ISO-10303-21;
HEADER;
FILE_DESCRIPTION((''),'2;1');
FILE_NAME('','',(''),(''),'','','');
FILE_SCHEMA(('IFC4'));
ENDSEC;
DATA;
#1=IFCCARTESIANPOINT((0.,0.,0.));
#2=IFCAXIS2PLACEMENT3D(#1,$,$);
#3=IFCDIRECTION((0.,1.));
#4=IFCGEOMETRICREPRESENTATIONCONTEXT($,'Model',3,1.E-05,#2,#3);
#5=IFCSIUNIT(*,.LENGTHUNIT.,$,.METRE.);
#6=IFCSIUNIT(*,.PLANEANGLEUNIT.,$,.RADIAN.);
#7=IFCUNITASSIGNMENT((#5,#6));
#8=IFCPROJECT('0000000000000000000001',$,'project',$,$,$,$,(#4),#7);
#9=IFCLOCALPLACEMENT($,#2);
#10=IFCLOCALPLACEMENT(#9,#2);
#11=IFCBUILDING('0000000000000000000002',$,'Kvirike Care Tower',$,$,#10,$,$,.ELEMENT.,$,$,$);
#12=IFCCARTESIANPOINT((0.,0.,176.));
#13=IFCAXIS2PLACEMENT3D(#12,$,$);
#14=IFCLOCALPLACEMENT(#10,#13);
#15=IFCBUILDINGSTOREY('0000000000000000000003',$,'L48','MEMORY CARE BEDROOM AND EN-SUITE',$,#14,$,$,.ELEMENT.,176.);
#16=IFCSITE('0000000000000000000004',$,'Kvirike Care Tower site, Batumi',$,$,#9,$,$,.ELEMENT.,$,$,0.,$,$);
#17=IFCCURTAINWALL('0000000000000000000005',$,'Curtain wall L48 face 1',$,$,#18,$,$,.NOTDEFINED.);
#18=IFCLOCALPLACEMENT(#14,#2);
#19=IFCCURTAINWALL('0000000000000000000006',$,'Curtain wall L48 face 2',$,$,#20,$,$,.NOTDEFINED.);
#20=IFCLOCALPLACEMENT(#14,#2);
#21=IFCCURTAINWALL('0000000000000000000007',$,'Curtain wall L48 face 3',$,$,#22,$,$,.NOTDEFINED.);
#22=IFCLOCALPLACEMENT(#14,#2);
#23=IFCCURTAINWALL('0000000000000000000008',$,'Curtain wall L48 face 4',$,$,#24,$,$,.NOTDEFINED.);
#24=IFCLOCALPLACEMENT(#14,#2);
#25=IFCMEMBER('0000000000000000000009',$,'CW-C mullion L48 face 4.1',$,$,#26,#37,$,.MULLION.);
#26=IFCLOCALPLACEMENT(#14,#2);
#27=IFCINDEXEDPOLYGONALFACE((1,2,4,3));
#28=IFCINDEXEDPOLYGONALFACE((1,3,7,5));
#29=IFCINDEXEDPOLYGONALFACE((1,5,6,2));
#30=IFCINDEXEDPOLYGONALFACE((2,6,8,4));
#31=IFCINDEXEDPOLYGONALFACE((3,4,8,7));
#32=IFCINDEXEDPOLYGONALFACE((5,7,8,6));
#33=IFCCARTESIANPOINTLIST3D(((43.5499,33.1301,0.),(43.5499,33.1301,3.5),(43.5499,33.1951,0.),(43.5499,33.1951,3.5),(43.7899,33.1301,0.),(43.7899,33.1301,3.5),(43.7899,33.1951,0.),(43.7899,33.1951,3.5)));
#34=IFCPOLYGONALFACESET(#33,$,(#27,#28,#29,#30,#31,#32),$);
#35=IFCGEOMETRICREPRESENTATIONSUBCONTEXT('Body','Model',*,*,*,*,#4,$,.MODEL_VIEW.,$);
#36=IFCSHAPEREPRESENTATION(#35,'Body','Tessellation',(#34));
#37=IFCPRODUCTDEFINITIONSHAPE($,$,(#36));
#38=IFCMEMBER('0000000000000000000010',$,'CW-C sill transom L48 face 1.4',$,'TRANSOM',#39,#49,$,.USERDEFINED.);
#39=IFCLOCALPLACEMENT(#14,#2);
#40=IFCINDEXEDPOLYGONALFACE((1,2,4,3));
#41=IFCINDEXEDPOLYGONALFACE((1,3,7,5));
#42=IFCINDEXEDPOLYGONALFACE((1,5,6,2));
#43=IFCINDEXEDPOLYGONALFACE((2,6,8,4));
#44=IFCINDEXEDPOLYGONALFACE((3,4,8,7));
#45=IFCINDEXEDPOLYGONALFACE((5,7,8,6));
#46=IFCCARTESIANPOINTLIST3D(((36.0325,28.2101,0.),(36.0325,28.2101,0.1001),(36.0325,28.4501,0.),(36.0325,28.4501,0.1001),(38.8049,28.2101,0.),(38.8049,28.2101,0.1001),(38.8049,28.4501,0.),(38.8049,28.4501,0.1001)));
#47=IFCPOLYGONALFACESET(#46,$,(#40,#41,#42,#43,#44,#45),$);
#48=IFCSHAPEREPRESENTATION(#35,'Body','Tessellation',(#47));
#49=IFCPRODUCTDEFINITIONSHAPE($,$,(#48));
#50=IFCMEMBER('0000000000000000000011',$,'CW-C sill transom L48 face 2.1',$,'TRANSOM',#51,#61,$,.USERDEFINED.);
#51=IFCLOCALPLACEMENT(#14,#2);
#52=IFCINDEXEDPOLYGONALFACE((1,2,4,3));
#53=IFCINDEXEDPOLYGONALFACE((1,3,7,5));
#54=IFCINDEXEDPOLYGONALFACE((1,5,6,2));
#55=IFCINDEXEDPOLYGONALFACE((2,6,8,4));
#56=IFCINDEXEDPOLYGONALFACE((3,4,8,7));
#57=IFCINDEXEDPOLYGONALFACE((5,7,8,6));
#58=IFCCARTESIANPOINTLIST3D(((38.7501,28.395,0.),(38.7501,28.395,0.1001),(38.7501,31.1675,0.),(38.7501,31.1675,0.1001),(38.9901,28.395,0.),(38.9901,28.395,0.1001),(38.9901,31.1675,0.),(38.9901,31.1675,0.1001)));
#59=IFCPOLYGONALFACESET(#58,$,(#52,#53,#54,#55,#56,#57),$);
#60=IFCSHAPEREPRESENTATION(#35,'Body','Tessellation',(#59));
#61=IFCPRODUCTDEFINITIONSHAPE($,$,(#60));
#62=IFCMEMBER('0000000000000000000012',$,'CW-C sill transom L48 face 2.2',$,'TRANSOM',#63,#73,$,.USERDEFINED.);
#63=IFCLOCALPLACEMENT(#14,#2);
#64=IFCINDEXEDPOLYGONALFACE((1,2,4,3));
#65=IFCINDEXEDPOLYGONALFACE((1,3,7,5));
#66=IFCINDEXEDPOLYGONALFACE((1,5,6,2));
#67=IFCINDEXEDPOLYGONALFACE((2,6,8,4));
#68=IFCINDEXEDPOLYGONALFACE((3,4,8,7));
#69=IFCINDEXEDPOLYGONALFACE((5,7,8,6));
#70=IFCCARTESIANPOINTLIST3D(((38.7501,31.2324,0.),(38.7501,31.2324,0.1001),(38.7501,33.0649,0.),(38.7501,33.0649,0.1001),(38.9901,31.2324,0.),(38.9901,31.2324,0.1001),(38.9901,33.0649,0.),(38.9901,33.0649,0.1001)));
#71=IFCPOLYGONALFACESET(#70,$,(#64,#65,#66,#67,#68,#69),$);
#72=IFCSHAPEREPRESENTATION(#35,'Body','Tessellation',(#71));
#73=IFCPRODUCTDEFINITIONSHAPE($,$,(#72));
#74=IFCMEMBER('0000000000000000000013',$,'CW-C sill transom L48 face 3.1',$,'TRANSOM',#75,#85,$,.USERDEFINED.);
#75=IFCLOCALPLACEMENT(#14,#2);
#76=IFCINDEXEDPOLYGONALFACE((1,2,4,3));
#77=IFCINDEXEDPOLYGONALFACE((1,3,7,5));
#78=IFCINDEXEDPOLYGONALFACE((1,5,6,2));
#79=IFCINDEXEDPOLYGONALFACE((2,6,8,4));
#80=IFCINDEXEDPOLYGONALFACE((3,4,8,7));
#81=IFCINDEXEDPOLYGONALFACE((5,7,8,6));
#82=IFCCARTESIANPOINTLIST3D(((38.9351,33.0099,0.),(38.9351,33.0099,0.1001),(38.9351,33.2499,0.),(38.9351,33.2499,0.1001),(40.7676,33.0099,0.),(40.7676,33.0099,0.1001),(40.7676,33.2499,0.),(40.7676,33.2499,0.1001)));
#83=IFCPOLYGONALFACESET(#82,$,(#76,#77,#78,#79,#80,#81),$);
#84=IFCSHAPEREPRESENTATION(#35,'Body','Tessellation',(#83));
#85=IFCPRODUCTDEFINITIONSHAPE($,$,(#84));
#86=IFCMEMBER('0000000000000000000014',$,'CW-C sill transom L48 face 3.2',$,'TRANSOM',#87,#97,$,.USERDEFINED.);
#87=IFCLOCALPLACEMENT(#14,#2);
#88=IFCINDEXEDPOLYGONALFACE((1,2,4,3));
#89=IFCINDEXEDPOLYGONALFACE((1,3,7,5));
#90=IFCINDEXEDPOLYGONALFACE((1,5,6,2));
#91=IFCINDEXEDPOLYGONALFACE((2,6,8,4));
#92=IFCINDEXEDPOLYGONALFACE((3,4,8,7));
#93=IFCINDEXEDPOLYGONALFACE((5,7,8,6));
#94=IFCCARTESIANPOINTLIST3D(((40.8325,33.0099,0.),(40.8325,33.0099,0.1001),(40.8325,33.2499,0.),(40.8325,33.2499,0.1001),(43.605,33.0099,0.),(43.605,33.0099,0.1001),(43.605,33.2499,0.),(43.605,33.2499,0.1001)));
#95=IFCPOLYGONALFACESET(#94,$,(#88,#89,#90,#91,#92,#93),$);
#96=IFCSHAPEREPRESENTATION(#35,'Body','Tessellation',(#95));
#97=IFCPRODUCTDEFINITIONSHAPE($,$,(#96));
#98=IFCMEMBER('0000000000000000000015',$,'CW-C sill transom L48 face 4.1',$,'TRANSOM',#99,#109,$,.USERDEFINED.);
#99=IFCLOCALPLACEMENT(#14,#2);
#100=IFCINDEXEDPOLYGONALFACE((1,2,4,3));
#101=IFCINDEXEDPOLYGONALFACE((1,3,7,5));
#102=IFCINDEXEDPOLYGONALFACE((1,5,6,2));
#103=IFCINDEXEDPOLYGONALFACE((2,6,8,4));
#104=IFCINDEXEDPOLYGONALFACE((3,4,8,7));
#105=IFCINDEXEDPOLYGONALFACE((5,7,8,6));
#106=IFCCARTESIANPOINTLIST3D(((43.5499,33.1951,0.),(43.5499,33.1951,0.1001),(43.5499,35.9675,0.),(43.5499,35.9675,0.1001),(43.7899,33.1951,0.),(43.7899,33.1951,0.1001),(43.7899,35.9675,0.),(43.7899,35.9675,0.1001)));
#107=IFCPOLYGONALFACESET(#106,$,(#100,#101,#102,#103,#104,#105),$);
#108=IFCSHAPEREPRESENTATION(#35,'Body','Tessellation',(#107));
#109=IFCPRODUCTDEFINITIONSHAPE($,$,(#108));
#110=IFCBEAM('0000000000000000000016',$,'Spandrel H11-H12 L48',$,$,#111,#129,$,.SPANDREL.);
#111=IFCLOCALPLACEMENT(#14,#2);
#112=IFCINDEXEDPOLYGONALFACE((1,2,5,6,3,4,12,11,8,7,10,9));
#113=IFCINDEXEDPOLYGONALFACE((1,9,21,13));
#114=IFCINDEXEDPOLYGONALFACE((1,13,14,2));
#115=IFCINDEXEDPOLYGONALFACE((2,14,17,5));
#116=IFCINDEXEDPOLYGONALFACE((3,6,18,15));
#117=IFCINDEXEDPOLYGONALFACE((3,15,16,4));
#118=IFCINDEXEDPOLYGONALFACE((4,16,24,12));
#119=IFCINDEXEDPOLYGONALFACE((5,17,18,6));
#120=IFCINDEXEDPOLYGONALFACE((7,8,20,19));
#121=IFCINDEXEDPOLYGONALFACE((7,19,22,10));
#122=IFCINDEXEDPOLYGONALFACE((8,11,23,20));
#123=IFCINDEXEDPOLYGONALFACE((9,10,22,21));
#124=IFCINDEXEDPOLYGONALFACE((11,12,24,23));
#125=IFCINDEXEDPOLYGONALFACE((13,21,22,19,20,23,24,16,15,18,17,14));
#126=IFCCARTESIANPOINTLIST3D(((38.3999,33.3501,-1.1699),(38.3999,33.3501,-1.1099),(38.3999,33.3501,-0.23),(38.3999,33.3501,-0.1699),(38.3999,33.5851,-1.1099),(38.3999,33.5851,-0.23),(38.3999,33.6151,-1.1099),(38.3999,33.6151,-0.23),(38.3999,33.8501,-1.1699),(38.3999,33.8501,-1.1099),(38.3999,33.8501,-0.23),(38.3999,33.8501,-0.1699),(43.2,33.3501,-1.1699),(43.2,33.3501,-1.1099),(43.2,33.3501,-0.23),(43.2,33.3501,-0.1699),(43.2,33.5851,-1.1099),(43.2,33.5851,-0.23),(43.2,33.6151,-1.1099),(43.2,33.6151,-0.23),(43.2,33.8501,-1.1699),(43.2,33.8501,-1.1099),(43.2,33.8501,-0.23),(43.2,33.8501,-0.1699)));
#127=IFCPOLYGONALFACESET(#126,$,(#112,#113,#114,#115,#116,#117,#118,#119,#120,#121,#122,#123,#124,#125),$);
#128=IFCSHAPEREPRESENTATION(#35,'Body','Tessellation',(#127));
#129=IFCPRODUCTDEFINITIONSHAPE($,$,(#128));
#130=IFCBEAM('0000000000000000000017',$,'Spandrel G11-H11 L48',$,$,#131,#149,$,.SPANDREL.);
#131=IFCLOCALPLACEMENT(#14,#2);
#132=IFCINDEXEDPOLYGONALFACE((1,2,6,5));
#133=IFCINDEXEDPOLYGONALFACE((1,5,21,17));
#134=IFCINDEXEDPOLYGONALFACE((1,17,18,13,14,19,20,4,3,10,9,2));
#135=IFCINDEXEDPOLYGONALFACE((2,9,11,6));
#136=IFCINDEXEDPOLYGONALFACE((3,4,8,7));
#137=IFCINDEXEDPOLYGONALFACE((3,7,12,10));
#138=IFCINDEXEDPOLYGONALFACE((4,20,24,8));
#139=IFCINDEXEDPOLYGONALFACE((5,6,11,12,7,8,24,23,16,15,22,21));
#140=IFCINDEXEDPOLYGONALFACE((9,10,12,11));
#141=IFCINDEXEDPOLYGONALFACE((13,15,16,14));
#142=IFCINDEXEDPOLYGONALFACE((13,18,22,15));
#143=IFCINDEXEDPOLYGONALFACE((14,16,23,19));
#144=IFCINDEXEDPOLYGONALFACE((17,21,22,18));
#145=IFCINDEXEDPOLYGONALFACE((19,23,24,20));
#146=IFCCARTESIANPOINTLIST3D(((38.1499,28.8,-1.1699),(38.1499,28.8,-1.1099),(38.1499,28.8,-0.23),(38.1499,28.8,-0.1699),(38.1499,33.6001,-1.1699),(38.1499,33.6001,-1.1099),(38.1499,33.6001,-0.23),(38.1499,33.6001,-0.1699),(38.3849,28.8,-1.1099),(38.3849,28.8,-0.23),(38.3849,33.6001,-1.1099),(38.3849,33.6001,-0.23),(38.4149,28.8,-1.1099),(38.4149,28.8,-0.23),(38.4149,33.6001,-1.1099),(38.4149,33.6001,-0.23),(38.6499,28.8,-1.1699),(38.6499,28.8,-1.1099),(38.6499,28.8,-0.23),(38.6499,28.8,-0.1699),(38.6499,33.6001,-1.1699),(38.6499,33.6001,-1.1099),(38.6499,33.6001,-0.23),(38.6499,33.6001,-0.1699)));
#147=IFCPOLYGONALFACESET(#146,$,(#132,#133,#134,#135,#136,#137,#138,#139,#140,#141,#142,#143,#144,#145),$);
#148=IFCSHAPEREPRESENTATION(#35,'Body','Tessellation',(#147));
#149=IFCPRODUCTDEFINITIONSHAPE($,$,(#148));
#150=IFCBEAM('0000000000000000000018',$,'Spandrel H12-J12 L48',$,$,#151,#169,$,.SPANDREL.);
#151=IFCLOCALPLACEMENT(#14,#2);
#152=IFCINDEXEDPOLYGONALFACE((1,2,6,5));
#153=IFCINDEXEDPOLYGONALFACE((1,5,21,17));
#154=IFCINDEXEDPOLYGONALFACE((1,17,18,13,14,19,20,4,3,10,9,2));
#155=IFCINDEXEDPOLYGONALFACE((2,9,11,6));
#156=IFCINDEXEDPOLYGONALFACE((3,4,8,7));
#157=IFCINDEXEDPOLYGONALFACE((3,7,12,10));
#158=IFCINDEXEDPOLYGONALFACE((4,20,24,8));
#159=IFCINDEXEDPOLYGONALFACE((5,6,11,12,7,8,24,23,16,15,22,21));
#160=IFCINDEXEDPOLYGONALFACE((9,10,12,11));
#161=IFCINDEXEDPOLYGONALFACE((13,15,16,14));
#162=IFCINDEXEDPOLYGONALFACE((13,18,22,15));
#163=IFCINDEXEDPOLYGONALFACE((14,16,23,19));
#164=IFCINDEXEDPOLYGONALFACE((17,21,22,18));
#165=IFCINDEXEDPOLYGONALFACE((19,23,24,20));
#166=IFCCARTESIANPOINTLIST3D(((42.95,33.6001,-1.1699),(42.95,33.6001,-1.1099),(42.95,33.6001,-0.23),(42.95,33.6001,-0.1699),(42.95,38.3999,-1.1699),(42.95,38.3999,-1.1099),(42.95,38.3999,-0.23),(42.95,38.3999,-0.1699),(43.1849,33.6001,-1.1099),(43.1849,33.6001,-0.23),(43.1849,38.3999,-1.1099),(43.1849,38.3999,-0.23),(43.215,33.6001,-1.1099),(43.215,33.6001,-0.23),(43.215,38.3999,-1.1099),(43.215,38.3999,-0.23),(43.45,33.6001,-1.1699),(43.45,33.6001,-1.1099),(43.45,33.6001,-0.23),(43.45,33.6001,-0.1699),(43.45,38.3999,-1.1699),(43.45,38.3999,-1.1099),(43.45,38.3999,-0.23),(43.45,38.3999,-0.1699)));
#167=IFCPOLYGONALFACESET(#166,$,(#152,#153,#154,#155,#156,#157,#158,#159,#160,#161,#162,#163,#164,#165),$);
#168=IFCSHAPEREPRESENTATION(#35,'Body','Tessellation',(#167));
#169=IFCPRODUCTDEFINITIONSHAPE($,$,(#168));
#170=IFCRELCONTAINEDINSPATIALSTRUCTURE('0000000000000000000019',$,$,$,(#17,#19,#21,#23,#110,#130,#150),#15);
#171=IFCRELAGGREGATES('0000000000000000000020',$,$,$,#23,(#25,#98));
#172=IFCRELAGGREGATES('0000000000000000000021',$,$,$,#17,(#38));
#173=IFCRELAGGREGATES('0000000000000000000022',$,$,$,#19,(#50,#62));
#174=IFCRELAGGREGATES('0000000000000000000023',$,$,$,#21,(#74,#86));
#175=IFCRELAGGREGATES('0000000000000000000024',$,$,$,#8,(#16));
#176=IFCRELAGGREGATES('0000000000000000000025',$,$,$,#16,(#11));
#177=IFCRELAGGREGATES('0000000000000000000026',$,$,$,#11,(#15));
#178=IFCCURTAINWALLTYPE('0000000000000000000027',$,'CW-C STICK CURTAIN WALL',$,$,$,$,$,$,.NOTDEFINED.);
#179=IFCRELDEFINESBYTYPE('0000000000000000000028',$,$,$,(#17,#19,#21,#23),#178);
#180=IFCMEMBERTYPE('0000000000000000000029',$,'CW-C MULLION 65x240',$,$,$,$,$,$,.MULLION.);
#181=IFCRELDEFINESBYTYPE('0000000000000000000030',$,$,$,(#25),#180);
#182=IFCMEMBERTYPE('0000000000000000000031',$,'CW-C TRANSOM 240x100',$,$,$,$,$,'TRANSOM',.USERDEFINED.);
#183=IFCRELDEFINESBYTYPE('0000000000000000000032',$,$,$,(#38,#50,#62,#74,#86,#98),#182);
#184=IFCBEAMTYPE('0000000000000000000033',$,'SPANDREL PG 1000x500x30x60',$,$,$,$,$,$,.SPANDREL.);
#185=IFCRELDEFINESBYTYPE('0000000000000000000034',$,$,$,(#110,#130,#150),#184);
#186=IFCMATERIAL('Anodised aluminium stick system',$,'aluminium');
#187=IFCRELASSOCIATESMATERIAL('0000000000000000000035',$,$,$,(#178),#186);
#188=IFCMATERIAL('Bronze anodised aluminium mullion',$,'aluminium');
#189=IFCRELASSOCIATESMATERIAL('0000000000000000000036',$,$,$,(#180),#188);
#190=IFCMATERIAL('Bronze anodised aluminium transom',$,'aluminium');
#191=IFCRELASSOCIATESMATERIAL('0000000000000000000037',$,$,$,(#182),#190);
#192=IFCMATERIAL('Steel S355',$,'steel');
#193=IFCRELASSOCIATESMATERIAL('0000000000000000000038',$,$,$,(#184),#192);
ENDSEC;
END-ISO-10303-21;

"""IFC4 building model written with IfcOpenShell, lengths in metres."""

from ifc_helpers import new_model, si_unit, direction, frame, origin, origin_2d, place, context, subcontext, project, spatial, rectangle, i_section, extrude, material, material_profile, profile_set, type_object, element, aggregate, save


model = new_model("IFC4")

# Units and contexts
model_context = context("Model", 3, precision=1e-05, world=origin(), true_north=direction((0.0, 1.0)))
body_context = subcontext(model_context, "Body", "Model", "MODEL_VIEW")
ifc_project = project(units=[si_unit("LENGTHUNIT", "METRE"), si_unit("PLANEANGLEUNIT", "RADIAN")], contexts=[model_context])

# Site, building, storey
site_placement = place(None, origin())
site = spatial("IfcSite", under=ifc_project, at=site_placement, Name="Kvirike Care Tower site, Batumi", CompositionType="ELEMENT", RefElevation=0.0)
building_placement = place(site_placement, origin())
building = spatial("IfcBuilding", under=site, at=building_placement, Name="Kvirike Care Tower", CompositionType="ELEMENT")
storey_placement = place(building_placement, frame((0.0, 0.0, 176.0)))
storey = spatial("IfcBuildingStorey", under=building, at=storey_placement, Name="L48", Description="MEMORY CARE BEDROOM AND EN-SUITE", CompositionType="ELEMENT", Elevation=176.0)

# Curtain walls
ifc_material_1 = material(Name="Anodised aluminium stick system", Category="aluminium")
curtain_wall_type = type_object("IfcCurtainWallType", Name="CW-C STICK CURTAIN WALL", PredefinedType="NOTDEFINED", material=ifc_material_1)
curtain_wall_1_placement = place(storey_placement, origin())
curtain_wall_1 = element("IfcCurtainWall", 1, at=curtain_wall_1_placement, inside=storey, type_object=curtain_wall_type, Name="Curtain wall L48 face 1", PredefinedType="NOTDEFINED")
ifc_material_2 = material(Name="Bronze anodised aluminium mullion", Category="aluminium")
ifc_material_profile_1 = material_profile(ifc_material_2, rectangle(XDim=0.0649, YDim=0.24, at=origin_2d()), Name="CW-C MULLION 65x240")
ifc_profile_set_1 = profile_set([ifc_material_profile_1], Name="Bronze anodised aluminium mullion")
member_type_1 = type_object("IfcMemberType", Name="CW-C MULLION 65x240", PredefinedType="MULLION", material=ifc_profile_set_1)
curtain_wall_2_placement = place(storey_placement, origin())
curtain_wall_2 = element("IfcCurtainWall", 2, at=curtain_wall_2_placement, inside=storey, type_object=curtain_wall_type, Name="Curtain wall L48 face 2", PredefinedType="NOTDEFINED")
curtain_wall_3_placement = place(storey_placement, origin())
curtain_wall_3 = element("IfcCurtainWall", 3, at=curtain_wall_3_placement, inside=storey, type_object=curtain_wall_type, Name="Curtain wall L48 face 3", PredefinedType="NOTDEFINED")

# Curtain wall, member
curtain_wall_4_placement = place(storey_placement, origin())
curtain_wall_4 = element("IfcCurtainWall", 4, at=curtain_wall_4_placement, inside=storey, type_object=curtain_wall_type, Name="Curtain wall L48 face 4", PredefinedType="NOTDEFINED")
member_1_placement = place(storey_placement, frame((43.6699, 33.1626, 0.0), z_axis=(0.0, 0.0, 1.0), x_axis=(0.0, 1.0, 0.0)))
member_1 = element("IfcMember", 5, at=member_1_placement, type_object=member_type_1, Name="CW-C mullion L48 face 4.1", PredefinedType="MULLION", context=body_context, shape_type="SweptSolid", body=[
    extrude(rectangle(XDim=0.0649, YDim=0.24, at=origin_2d()), origin(), (0.0, 0.0, 1.0), 3.5),
])

# Members
ifc_material_3 = material(Name="Bronze anodised aluminium transom", Category="aluminium")
ifc_material_profile_2 = material_profile(ifc_material_3, rectangle(XDim=0.24, YDim=0.1001, at=origin_2d()), Name="CW-C TRANSOM 240x100")
ifc_profile_set_2 = profile_set([ifc_material_profile_2], Name="Bronze anodised aluminium transom")
member_type_2 = type_object("IfcMemberType", Name="CW-C TRANSOM 240x100", ElementType="TRANSOM", PredefinedType="USERDEFINED", material=ifc_profile_set_2)
member_2_placement = place(storey_placement, frame((36.0325, 28.3301, 0.05), z_axis=(1.0, 0.0, 0.0), x_axis=(0.0, 1.0, 0.0)))
member_2 = element("IfcMember", 6, at=member_2_placement, type_object=member_type_2, Name="CW-C sill transom L48 face 1.4", ObjectType="TRANSOM", PredefinedType="USERDEFINED", context=body_context, shape_type="SweptSolid", body=[
    extrude(rectangle(XDim=0.24, YDim=0.1001, at=origin_2d()), origin(), (0.0, 0.0, 1.0), 2.7725),
])
member_3_placement = place(storey_placement, frame((38.8701, 28.395, 0.05), z_axis=(0.0, 1.0, 0.0), x_axis=(-1.0, 0.0, 0.0)))
member_3 = element("IfcMember", 7, at=member_3_placement, type_object=member_type_2, Name="CW-C sill transom L48 face 2.1", ObjectType="TRANSOM", PredefinedType="USERDEFINED", context=body_context, shape_type="SweptSolid", body=[
    extrude(rectangle(XDim=0.24, YDim=0.1001, at=origin_2d()), origin(), (0.0, 0.0, 1.0), 2.7725),
])
member_4_placement = place(storey_placement, frame((38.8701, 31.2324, 0.05), z_axis=(0.0, 1.0, 0.0), x_axis=(-1.0, 0.0, 0.0)))
member_4 = element("IfcMember", 8, at=member_4_placement, type_object=member_type_2, Name="CW-C sill transom L48 face 2.2", ObjectType="TRANSOM", PredefinedType="USERDEFINED", context=body_context, shape_type="SweptSolid", body=[
    extrude(rectangle(XDim=0.24, YDim=0.1001, at=origin_2d()), origin(), (0.0, 0.0, 1.0), 1.8325),
])
member_5_placement = place(storey_placement, frame((38.9351, 33.1299, 0.05), z_axis=(1.0, 0.0, 0.0), x_axis=(0.0, 1.0, 0.0)))
member_5 = element("IfcMember", 9, at=member_5_placement, type_object=member_type_2, Name="CW-C sill transom L48 face 3.1", ObjectType="TRANSOM", PredefinedType="USERDEFINED", context=body_context, shape_type="SweptSolid", body=[
    extrude(rectangle(XDim=0.24, YDim=0.1001, at=origin_2d()), origin(), (0.0, 0.0, 1.0), 1.8325),
])
member_6_placement = place(storey_placement, frame((40.8325, 33.1299, 0.05), z_axis=(1.0, 0.0, 0.0), x_axis=(0.0, 1.0, 0.0)))
member_6 = element("IfcMember", 10, at=member_6_placement, type_object=member_type_2, Name="CW-C sill transom L48 face 3.2", ObjectType="TRANSOM", PredefinedType="USERDEFINED", context=body_context, shape_type="SweptSolid", body=[
    extrude(rectangle(XDim=0.24, YDim=0.1001, at=origin_2d()), origin(), (0.0, 0.0, 1.0), 2.7725),
])
member_7_placement = place(storey_placement, frame((43.6699, 33.1951, 0.05), z_axis=(0.0, 1.0, 0.0), x_axis=(-1.0, 0.0, 0.0)))
member_7 = element("IfcMember", 11, at=member_7_placement, type_object=member_type_2, Name="CW-C sill transom L48 face 4.1", ObjectType="TRANSOM", PredefinedType="USERDEFINED", context=body_context, shape_type="SweptSolid", body=[
    extrude(rectangle(XDim=0.24, YDim=0.1001, at=origin_2d()), origin(), (0.0, 0.0, 1.0), 2.7725),
])
aggregate(curtain_wall_4, [member_1, member_7])

# Beams
ifc_material_4 = material(Name="Steel S355", Category="steel")
ifc_material_profile_3 = material_profile(ifc_material_4, i_section(OverallWidth=0.5, OverallDepth=1.0, WebThickness=0.03, FlangeThickness=0.0601, at=origin_2d()), Name="PG 1000x500x30x60")
ifc_profile_set_3 = profile_set([ifc_material_profile_3], Name="Steel S355")
beam_type_1 = type_object("IfcBeamType", Name="SPANDREL PG 1000x500x30x60", PredefinedType="SPANDREL", material=ifc_profile_set_3)
for number, where, z_axis, x_axis, name in (
    (12, (38.3999, 33.6001, -0.6699), (1.0, 0.0, 0.0), (0.0, 1.0, 0.0), "Spandrel H11-H12 L48"),
    (13, (38.3999, 28.8, -0.6699), (0.0, 1.0, 0.0), (-1.0, 0.0, 0.0), "Spandrel G11-H11 L48"),
):
    element("IfcBeam", number, at=place(storey_placement, frame(where, z_axis=z_axis, x_axis=x_axis)), inside=storey, type_object=beam_type_1, Name=name, PredefinedType="SPANDREL", context=body_context, shape_type="SweptSolid", body=[
        extrude(i_section(OverallWidth=0.5, OverallDepth=1.0, WebThickness=0.03, FlangeThickness=0.0601, at=origin_2d()), origin(), (0.0, 0.0, 1.0), 4.8),
    ])
beam_1_placement = place(storey_placement, frame((43.2, 33.6001, -0.6699), z_axis=(0.0, 1.0, 0.0), x_axis=(-1.0, 0.0, 0.0)))
element("IfcBeam", 14, at=beam_1_placement, inside=storey, type_object=beam_type_1, Name="Spandrel H12-J12 L48", PredefinedType="SPANDREL", context=body_context, shape_type="SweptSolid", body=[
    extrude(i_section(OverallWidth=0.5, OverallDepth=1.0, WebThickness=0.03, FlangeThickness=0.0601, at=origin_2d()), origin(), (0.0, 0.0, 1.0), 4.7998),
])

aggregate(curtain_wall_1, [member_2])
aggregate(curtain_wall_2, [member_3, member_4])
aggregate(curtain_wall_3, [member_5, member_6])

save(model, "model.ifc")
